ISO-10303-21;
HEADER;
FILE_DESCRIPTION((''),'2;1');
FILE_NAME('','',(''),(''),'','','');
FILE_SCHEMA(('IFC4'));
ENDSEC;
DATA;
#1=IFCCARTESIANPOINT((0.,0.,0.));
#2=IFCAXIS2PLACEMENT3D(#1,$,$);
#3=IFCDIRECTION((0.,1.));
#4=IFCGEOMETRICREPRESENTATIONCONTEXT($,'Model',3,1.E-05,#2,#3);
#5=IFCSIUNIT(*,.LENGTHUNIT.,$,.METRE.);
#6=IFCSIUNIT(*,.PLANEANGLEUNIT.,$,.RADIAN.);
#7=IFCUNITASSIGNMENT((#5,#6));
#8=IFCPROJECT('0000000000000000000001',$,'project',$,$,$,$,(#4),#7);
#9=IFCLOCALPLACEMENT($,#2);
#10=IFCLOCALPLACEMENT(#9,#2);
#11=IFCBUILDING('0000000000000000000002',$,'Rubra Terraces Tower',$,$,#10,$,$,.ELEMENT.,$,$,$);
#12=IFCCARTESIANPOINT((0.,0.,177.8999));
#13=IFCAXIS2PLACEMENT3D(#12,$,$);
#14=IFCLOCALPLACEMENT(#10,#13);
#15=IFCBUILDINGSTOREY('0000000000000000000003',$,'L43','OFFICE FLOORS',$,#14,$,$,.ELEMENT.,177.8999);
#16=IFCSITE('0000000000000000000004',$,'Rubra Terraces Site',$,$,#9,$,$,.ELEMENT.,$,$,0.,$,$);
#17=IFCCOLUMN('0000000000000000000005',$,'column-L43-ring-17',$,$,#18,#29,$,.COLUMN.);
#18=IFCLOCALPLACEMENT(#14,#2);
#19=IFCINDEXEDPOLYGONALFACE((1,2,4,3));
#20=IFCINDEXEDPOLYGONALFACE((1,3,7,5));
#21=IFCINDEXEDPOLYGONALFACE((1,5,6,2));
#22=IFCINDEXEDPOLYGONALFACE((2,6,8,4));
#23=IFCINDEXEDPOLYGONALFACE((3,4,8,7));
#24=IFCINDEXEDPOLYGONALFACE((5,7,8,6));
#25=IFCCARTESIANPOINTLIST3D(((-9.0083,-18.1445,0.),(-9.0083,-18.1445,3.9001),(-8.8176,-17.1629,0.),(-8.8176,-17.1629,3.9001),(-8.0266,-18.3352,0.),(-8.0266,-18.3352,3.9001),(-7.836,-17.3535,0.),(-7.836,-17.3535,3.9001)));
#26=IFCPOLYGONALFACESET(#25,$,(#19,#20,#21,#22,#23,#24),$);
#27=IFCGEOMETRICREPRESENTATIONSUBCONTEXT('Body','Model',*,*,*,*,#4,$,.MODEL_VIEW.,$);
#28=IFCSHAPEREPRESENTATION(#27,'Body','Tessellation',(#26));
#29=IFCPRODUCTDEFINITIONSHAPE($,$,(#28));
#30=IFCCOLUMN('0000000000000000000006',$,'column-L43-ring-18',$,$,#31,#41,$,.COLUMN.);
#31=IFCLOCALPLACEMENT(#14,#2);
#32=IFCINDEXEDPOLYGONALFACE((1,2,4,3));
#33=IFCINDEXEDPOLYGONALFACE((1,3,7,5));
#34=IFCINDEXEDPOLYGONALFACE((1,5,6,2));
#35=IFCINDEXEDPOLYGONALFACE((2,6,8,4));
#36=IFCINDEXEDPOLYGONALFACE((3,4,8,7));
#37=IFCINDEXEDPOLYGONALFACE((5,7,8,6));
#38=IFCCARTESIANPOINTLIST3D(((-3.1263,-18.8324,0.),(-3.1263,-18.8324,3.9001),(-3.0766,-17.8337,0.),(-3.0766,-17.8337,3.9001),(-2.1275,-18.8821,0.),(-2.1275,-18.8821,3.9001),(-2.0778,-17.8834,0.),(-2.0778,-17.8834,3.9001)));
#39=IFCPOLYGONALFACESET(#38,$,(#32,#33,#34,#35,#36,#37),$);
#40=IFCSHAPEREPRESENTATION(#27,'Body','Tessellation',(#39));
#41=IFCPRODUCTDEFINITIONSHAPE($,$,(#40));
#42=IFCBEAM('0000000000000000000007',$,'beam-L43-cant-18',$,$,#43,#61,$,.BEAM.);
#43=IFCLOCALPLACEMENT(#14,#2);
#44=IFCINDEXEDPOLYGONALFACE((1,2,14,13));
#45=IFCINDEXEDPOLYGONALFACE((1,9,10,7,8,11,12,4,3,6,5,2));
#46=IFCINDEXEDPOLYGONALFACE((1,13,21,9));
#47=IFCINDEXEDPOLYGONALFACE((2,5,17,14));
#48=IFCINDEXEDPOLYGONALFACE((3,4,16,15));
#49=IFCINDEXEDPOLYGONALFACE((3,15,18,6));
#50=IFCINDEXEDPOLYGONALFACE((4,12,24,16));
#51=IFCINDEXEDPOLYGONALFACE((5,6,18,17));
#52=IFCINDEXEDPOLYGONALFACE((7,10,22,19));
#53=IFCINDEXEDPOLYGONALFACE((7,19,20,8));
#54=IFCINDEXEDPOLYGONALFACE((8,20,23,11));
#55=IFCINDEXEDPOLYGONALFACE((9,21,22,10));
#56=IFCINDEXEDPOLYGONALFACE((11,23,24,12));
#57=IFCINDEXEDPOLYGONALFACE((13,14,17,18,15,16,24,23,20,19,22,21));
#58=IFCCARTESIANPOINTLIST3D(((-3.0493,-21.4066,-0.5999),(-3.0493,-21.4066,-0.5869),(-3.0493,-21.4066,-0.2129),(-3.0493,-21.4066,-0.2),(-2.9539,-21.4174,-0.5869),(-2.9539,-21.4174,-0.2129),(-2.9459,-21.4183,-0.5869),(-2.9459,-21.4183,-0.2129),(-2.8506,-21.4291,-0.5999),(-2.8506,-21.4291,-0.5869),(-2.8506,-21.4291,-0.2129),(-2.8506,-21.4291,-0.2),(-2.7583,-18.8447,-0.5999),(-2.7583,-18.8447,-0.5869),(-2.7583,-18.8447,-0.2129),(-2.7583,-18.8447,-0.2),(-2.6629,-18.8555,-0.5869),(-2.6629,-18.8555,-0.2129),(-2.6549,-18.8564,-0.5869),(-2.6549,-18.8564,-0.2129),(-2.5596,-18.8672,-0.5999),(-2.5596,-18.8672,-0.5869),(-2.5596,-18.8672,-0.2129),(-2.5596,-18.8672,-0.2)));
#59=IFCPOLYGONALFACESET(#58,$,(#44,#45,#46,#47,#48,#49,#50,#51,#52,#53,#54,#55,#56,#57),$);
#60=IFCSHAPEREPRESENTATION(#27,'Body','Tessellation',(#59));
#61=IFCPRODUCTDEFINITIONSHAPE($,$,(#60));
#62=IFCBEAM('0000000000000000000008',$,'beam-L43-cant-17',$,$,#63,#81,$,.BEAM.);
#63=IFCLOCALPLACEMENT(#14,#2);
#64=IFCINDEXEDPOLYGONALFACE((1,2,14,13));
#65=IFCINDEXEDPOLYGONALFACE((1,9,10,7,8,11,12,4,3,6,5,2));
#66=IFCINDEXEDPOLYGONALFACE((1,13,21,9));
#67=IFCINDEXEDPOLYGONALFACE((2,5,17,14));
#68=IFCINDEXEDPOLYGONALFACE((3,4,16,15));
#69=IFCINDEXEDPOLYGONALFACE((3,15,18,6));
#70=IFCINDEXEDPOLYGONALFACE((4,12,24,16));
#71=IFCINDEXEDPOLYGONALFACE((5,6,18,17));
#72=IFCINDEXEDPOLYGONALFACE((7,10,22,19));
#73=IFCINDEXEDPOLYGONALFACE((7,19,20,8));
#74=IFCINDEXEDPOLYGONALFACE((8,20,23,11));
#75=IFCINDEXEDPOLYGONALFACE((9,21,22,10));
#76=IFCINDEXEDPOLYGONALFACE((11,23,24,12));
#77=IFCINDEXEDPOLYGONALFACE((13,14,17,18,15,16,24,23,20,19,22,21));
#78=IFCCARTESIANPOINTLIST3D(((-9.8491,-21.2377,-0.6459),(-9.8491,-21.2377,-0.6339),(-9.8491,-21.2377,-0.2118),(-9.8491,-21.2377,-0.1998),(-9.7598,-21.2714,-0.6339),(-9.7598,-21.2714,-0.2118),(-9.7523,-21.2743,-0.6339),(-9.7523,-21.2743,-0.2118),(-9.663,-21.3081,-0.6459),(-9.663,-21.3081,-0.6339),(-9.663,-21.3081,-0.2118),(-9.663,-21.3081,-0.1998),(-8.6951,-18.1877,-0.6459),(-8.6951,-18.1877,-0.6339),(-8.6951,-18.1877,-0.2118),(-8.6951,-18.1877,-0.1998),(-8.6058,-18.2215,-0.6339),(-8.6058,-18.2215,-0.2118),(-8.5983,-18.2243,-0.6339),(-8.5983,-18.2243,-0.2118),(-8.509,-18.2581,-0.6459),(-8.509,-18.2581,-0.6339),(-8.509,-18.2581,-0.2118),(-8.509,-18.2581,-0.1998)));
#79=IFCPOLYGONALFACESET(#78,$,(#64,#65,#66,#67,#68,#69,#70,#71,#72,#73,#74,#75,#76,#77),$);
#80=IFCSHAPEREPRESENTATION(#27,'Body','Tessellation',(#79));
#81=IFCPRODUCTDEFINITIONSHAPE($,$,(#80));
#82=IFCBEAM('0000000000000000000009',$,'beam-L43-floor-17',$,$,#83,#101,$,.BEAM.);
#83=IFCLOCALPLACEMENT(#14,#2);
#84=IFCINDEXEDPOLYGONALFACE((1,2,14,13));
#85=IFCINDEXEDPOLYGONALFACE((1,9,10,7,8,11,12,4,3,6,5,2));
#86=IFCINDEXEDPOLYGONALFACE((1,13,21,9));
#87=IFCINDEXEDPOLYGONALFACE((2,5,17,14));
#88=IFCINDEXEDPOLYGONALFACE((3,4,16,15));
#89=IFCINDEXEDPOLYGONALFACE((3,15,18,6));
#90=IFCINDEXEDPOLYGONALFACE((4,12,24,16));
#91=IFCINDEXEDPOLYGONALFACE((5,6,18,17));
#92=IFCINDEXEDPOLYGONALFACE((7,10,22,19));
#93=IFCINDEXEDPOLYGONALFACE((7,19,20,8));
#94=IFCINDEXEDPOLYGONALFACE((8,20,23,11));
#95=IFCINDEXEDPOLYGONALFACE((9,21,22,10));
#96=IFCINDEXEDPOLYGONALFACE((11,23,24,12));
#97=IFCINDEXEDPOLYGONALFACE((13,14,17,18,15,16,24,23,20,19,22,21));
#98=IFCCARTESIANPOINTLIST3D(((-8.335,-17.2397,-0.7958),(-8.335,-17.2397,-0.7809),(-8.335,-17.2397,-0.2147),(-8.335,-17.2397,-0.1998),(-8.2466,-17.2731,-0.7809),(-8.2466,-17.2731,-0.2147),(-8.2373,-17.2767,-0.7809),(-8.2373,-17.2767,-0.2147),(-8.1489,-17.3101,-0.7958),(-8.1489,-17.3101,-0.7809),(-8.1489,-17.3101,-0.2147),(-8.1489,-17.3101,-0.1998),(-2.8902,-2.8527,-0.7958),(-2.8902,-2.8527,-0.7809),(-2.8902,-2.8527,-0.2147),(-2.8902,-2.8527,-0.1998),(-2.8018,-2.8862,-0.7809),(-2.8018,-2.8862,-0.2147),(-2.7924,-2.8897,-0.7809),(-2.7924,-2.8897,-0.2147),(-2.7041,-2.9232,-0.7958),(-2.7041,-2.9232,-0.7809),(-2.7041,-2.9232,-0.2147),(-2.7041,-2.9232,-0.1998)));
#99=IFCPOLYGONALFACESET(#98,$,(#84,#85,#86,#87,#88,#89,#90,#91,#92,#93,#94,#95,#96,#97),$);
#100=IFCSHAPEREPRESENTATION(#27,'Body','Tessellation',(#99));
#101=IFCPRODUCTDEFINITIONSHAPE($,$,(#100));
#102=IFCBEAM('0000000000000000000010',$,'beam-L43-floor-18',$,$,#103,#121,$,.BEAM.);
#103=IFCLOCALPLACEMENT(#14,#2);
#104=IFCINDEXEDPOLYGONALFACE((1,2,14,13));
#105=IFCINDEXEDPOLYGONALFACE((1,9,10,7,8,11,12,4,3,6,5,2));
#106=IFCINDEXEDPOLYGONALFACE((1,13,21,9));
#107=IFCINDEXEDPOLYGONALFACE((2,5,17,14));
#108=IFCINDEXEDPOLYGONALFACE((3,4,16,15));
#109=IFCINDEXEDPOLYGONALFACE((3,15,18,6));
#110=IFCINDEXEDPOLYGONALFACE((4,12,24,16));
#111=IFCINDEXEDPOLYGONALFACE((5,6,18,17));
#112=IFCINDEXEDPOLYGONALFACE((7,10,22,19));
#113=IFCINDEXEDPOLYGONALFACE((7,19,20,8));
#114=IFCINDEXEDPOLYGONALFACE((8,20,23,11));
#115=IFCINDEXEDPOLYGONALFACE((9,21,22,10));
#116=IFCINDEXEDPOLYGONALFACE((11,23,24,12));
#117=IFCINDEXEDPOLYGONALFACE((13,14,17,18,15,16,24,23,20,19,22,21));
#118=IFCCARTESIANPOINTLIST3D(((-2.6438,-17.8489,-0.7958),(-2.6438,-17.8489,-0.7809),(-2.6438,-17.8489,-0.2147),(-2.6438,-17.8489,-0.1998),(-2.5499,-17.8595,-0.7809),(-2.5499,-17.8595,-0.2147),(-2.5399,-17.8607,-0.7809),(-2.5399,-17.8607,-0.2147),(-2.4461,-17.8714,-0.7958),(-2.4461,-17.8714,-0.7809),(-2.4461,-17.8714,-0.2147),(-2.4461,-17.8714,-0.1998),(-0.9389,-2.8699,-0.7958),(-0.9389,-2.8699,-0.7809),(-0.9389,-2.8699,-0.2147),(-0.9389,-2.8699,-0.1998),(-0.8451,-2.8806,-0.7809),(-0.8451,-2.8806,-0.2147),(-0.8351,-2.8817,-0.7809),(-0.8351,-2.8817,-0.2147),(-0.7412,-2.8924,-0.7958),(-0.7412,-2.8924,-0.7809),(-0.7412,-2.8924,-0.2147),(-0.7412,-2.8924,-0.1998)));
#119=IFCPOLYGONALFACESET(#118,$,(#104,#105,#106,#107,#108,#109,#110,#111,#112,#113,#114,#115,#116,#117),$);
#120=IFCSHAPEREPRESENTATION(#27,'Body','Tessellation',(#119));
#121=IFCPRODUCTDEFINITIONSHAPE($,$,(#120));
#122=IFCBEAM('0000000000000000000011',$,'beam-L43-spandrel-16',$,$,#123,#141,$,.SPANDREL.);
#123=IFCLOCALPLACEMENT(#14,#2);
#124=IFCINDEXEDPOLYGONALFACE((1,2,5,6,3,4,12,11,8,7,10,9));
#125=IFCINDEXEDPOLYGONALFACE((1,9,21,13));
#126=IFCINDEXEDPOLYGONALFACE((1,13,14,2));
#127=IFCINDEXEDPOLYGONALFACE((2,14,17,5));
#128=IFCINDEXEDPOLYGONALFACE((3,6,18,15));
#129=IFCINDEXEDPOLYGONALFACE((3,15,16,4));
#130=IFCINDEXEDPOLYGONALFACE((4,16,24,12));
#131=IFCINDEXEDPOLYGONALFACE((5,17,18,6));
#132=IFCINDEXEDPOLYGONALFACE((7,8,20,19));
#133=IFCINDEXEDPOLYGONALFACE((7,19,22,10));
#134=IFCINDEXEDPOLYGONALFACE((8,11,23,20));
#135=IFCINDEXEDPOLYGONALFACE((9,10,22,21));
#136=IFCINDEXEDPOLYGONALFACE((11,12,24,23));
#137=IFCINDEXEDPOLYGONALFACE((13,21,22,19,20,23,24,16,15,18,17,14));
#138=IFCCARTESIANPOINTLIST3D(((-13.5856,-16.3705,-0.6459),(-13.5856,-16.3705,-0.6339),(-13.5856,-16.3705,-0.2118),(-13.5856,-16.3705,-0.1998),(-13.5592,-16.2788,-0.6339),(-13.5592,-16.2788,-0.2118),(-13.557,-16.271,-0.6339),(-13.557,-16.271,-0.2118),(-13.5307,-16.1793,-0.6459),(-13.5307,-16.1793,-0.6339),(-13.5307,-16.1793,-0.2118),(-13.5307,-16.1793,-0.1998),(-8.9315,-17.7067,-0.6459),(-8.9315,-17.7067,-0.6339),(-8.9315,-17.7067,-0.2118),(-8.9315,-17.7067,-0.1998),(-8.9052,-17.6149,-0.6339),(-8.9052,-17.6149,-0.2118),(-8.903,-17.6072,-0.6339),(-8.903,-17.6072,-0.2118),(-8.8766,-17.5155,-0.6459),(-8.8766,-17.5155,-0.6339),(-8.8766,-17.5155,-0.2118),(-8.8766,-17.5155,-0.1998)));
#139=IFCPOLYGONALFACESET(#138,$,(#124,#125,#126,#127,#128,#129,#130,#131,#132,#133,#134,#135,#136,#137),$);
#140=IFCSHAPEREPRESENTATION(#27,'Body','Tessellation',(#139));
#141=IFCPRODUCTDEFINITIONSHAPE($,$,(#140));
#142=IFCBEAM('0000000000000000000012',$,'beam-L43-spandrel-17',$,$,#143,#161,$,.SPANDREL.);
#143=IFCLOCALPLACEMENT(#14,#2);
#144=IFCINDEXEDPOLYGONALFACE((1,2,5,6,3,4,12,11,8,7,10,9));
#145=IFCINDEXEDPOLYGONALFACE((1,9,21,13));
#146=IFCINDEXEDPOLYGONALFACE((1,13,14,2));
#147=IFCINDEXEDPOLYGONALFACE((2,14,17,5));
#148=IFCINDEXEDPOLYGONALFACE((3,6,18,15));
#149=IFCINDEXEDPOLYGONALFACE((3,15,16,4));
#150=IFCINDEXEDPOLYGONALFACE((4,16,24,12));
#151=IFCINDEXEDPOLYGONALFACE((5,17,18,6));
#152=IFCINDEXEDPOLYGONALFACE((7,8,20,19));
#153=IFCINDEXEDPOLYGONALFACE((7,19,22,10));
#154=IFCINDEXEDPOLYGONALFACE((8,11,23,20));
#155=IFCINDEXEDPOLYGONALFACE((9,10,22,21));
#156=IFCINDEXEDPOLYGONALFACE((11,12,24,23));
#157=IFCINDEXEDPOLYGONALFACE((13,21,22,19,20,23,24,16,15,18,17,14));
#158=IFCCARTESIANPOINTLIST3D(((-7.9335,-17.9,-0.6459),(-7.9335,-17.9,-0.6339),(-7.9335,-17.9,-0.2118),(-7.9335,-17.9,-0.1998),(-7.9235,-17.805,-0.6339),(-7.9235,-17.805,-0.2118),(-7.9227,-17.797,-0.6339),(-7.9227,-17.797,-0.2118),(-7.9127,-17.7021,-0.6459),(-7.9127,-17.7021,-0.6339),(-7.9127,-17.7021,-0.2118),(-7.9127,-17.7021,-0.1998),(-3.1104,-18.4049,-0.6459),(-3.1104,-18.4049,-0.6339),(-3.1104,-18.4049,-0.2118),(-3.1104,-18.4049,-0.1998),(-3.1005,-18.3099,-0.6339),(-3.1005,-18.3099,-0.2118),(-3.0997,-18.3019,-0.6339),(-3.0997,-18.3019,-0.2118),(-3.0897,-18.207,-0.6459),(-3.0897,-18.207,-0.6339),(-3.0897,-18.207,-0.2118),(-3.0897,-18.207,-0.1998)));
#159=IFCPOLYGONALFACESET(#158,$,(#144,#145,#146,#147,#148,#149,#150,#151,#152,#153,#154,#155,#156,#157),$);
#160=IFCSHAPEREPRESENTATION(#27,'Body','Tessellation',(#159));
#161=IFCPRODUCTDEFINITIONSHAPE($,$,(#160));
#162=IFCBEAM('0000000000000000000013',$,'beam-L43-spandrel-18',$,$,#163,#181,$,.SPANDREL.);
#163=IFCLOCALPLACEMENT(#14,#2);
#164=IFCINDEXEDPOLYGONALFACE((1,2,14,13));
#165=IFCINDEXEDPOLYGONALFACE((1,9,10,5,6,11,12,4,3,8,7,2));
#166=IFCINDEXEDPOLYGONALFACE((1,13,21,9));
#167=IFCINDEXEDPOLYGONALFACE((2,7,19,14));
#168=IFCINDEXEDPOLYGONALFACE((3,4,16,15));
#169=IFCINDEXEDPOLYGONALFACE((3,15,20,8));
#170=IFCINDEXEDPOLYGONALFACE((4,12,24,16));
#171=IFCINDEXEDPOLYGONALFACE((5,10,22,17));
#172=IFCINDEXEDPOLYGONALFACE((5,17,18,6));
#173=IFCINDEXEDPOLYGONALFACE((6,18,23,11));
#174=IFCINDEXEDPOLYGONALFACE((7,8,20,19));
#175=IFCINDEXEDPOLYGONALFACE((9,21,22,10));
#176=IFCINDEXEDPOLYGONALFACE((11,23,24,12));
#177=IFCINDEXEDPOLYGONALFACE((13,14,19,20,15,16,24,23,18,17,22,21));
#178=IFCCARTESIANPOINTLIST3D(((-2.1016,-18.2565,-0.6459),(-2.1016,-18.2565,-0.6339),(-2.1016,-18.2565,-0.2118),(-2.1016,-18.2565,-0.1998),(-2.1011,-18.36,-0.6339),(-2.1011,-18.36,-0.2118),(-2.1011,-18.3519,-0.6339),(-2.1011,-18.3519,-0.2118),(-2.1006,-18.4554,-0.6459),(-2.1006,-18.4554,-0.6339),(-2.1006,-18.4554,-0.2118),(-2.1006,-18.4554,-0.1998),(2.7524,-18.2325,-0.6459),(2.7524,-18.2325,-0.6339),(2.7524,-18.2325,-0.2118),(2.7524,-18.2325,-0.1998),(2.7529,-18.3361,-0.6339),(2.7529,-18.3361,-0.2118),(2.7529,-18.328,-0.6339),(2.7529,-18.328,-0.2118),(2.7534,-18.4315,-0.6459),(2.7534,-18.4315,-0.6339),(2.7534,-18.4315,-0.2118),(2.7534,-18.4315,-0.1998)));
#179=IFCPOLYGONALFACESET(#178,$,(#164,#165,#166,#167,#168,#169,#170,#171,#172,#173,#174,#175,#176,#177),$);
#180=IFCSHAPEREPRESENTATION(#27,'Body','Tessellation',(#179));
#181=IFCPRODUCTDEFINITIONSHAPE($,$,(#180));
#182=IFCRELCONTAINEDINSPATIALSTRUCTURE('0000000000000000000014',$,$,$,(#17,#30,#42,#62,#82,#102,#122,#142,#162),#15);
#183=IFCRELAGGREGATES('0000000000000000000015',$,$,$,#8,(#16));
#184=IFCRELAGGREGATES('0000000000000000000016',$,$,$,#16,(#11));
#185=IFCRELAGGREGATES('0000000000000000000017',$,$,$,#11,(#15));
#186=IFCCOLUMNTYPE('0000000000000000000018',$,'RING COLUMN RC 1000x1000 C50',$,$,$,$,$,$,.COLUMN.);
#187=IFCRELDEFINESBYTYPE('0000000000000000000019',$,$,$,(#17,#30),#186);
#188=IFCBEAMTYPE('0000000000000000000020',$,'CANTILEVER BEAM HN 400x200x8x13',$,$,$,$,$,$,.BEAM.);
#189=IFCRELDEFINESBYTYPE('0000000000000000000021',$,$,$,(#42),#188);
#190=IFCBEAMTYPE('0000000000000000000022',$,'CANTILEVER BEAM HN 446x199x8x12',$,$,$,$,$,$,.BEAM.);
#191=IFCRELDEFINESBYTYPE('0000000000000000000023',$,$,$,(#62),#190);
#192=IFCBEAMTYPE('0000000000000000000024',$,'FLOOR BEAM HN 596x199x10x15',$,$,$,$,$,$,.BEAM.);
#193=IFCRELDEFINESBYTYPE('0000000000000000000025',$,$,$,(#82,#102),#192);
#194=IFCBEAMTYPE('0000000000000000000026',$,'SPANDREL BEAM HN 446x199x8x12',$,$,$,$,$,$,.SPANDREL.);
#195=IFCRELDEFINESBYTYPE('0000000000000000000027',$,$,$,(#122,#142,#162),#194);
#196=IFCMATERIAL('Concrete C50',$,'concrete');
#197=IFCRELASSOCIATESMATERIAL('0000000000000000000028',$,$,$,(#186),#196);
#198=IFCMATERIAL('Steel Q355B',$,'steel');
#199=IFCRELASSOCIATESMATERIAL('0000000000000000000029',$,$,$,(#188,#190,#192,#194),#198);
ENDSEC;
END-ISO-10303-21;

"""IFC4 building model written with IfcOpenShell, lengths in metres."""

from ifc_helpers import new_model, si_unit, direction, frame, origin, origin_2d, place, context, subcontext, project, spatial, rectangle, i_section, extrude, material, material_profile, profile_set, type_object, element, save


model = new_model("IFC4")

# Units and contexts
model_context = context("Model", 3, precision=1e-05, world=origin(), true_north=direction((0.0, 1.0)))
body_context = subcontext(model_context, "Body", "Model", "MODEL_VIEW")
ifc_project = project(units=[si_unit("LENGTHUNIT", "METRE"), si_unit("PLANEANGLEUNIT", "RADIAN")], contexts=[model_context])

# Site, building, storey
site_placement = place(None, origin())
site = spatial("IfcSite", under=ifc_project, at=site_placement, Name="Rubra Terraces Site", CompositionType="ELEMENT", RefElevation=0.0)
building_placement = place(site_placement, origin())
building = spatial("IfcBuilding", under=site, at=building_placement, Name="Rubra Terraces Tower", CompositionType="ELEMENT")
storey_placement = place(building_placement, frame((0.0, 0.0, 177.8999)))
storey = spatial("IfcBuildingStorey", under=building, at=storey_placement, Name="L43", Description="OFFICE FLOORS", CompositionType="ELEMENT", Elevation=177.8999)

# Columns
ifc_material_1 = material(Name="Concrete C50", Category="concrete")
ifc_material_profile_1 = material_profile(ifc_material_1, rectangle(XDim=1.0, YDim=1.0, at=origin_2d()), Name="RC 1000x1000")
ifc_profile_set_1 = profile_set([ifc_material_profile_1], Name="Concrete C50")
column_type = type_object("IfcColumnType", Name="RING COLUMN RC 1000x1000 C50", PredefinedType="COLUMN", material=ifc_profile_set_1)
for number, where, z_axis, x_axis, name in (
    (1, (-8.4221, -17.749, 0.0), (0.0, 0.0, 1.0), (0.981655, -0.190668, 0.0), "column-L43-ring-17"),
    (2, (-2.6021, -18.3579, 0.0), (0.0, 0.0, 1.0), (0.998764, -0.049699, 0.0), "column-L43-ring-18"),
):
    element("IfcColumn", number, at=place(storey_placement, frame(where, z_axis=z_axis, x_axis=x_axis)), inside=storey, type_object=column_type, Name=name, PredefinedType="COLUMN", context=body_context, shape_type="SweptSolid", body=[
        extrude(rectangle(XDim=1.0, YDim=1.0, at=origin_2d()), origin(), (0.0, 0.0, 1.0), 3.9001),
    ])

# Beams
ifc_material_2 = material(Name="Steel Q355B", Category="steel")
ifc_material_profile_2 = material_profile(ifc_material_2, i_section(OverallWidth=0.2, OverallDepth=0.3999, WebThickness=0.0081, FlangeThickness=0.0129, at=origin_2d()), Name="HN 400x200x8x13")
ifc_profile_set_2 = profile_set([ifc_material_profile_2], Name="Steel Q355B")
beam_type_1 = type_object("IfcBeamType", Name="CANTILEVER BEAM HN 400x200x8x13", PredefinedType="BEAM", material=ifc_profile_set_2)
beam_1_placement = place(storey_placement, frame((-2.6589, -18.856, -0.3999), z_axis=(-0.112863, -0.993611, 0.0), x_axis=(0.993611, -0.112863, 0.0)))
element("IfcBeam", 3, at=beam_1_placement, inside=storey, type_object=beam_type_1, Name="beam-L43-cant-18", PredefinedType="BEAM", context=body_context, shape_type="SweptSolid", body=[
    extrude(i_section(OverallWidth=0.2, OverallDepth=0.3999, WebThickness=0.0081, FlangeThickness=0.0129, at=origin_2d()), origin(), (0.0, 0.0, 1.0), 2.5784),
])
ifc_material_profile_3 = material_profile(ifc_material_2, i_section(OverallWidth=0.199, OverallDepth=0.446, WebThickness=0.0081, FlangeThickness=0.012, at=origin_2d()), Name="HN 446x199x8x12")
ifc_profile_set_3 = profile_set([ifc_material_profile_3], Name="Steel Q355B")
beam_type_2 = type_object("IfcBeamType", Name="CANTILEVER BEAM HN 446x199x8x12", PredefinedType="BEAM", material=ifc_profile_set_3)
beam_2_placement = place(storey_placement, frame((-8.6021, -18.2229, -0.4229), z_axis=(-0.353887, -0.935288, 0.0), x_axis=(0.935288, -0.353887, 0.0)))
element("IfcBeam", 4, at=beam_2_placement, inside=storey, type_object=beam_type_2, Name="beam-L43-cant-17", PredefinedType="BEAM", context=body_context, shape_type="SweptSolid", body=[
    extrude(i_section(OverallWidth=0.199, OverallDepth=0.446, WebThickness=0.0081, FlangeThickness=0.012, at=origin_2d()), origin(), (0.0, 0.0, 1.0), 3.261),
])
ifc_material_profile_4 = material_profile(ifc_material_2, i_section(OverallWidth=0.199, OverallDepth=0.5959, WebThickness=0.01, FlangeThickness=0.0149, at=origin_2d()), Name="HN 596x199x10x15")
ifc_profile_set_4 = profile_set([ifc_material_profile_4], Name="Steel Q355B")
beam_type_3 = type_object("IfcBeamType", Name="FLOOR BEAM HN 596x199x10x15", PredefinedType="BEAM", material=ifc_profile_set_4)
beam_3_placement = place(storey_placement, frame((-8.2419, -17.2749, -0.4978), z_axis=(0.353955, 0.935262, 0.0), x_axis=(-0.935262, 0.353955, 0.0)))
element("IfcBeam", 5, at=beam_3_placement, inside=storey, type_object=beam_type_3, Name="beam-L43-floor-17", PredefinedType="BEAM", context=body_context, shape_type="SweptSolid", body=[
    extrude(i_section(OverallWidth=0.199, OverallDepth=0.5959, WebThickness=0.01, FlangeThickness=0.0149, at=origin_2d()), origin(), (0.0, 0.0, 1.0), 15.3828),
])
beam_4_placement = place(storey_placement, frame((-2.5449, -17.8601, -0.4978), z_axis=(0.113085, 0.993585, 0.0), x_axis=(-0.993585, 0.113085, 0.0)))
element("IfcBeam", 6, at=beam_4_placement, inside=storey, type_object=beam_type_3, Name="beam-L43-floor-18", PredefinedType="BEAM", context=body_context, shape_type="SweptSolid", body=[
    extrude(i_section(OverallWidth=0.199, OverallDepth=0.5959, WebThickness=0.01, FlangeThickness=0.0149, at=origin_2d()), origin(), (0.0, 0.0, 1.0), 15.0757),
])
ifc_material_profile_5 = material_profile(ifc_material_2, i_section(OverallWidth=0.199, OverallDepth=0.446, WebThickness=0.0081, FlangeThickness=0.012, at=origin_2d()), Name="HN 446x199x8x12")
ifc_profile_set_5 = profile_set([ifc_material_profile_5], Name="Steel Q355B")
beam_type_4 = type_object("IfcBeamType", Name="SPANDREL BEAM HN 446x199x8x12", PredefinedType="SPANDREL", material=ifc_profile_set_5)
beam_5_placement = place(storey_placement, frame((-13.5581, -16.2749, -0.4229), z_axis=(0.961171, -0.275953, 0.0), x_axis=(0.275953, 0.961171, 0.0)))
element("IfcBeam", 7, at=beam_5_placement, inside=storey, type_object=beam_type_4, Name="beam-L43-spandrel-16", PredefinedType="SPANDREL", context=body_context, shape_type="SweptSolid", body=[
    extrude(i_section(OverallWidth=0.199, OverallDepth=0.446, WebThickness=0.0081, FlangeThickness=0.012, at=origin_2d()), origin(), (0.0, 0.0, 1.0), 4.842),
])
beam_6_placement = place(storey_placement, frame((-7.9231, -17.801, -0.4229), z_axis=(0.994565, -0.104113, 0.0), x_axis=(0.104113, 0.994565, 0.0)))
element("IfcBeam", 8, at=beam_6_placement, inside=storey, type_object=beam_type_4, Name="beam-L43-spandrel-17", PredefinedType="SPANDREL", context=body_context, shape_type="SweptSolid", body=[
    extrude(i_section(OverallWidth=0.199, OverallDepth=0.446, WebThickness=0.0081, FlangeThickness=0.012, at=origin_2d()), origin(), (0.0, 0.0, 1.0), 4.8494),
])
beam_7_placement = place(storey_placement, frame((-2.1011, -18.356, -0.4229), z_axis=(0.999988, 0.004929, 0.0), x_axis=(-0.004929, 0.999988, 0.0)))
element("IfcBeam", 9, at=beam_7_placement, inside=storey, type_object=beam_type_4, Name="beam-L43-spandrel-18", PredefinedType="SPANDREL", context=body_context, shape_type="SweptSolid", body=[
    extrude(i_section(OverallWidth=0.199, OverallDepth=0.446, WebThickness=0.0081, FlangeThickness=0.012, at=origin_2d()), origin(), (0.0, 0.0, 1.0), 4.854),
])

save(model, "model.ifc")
